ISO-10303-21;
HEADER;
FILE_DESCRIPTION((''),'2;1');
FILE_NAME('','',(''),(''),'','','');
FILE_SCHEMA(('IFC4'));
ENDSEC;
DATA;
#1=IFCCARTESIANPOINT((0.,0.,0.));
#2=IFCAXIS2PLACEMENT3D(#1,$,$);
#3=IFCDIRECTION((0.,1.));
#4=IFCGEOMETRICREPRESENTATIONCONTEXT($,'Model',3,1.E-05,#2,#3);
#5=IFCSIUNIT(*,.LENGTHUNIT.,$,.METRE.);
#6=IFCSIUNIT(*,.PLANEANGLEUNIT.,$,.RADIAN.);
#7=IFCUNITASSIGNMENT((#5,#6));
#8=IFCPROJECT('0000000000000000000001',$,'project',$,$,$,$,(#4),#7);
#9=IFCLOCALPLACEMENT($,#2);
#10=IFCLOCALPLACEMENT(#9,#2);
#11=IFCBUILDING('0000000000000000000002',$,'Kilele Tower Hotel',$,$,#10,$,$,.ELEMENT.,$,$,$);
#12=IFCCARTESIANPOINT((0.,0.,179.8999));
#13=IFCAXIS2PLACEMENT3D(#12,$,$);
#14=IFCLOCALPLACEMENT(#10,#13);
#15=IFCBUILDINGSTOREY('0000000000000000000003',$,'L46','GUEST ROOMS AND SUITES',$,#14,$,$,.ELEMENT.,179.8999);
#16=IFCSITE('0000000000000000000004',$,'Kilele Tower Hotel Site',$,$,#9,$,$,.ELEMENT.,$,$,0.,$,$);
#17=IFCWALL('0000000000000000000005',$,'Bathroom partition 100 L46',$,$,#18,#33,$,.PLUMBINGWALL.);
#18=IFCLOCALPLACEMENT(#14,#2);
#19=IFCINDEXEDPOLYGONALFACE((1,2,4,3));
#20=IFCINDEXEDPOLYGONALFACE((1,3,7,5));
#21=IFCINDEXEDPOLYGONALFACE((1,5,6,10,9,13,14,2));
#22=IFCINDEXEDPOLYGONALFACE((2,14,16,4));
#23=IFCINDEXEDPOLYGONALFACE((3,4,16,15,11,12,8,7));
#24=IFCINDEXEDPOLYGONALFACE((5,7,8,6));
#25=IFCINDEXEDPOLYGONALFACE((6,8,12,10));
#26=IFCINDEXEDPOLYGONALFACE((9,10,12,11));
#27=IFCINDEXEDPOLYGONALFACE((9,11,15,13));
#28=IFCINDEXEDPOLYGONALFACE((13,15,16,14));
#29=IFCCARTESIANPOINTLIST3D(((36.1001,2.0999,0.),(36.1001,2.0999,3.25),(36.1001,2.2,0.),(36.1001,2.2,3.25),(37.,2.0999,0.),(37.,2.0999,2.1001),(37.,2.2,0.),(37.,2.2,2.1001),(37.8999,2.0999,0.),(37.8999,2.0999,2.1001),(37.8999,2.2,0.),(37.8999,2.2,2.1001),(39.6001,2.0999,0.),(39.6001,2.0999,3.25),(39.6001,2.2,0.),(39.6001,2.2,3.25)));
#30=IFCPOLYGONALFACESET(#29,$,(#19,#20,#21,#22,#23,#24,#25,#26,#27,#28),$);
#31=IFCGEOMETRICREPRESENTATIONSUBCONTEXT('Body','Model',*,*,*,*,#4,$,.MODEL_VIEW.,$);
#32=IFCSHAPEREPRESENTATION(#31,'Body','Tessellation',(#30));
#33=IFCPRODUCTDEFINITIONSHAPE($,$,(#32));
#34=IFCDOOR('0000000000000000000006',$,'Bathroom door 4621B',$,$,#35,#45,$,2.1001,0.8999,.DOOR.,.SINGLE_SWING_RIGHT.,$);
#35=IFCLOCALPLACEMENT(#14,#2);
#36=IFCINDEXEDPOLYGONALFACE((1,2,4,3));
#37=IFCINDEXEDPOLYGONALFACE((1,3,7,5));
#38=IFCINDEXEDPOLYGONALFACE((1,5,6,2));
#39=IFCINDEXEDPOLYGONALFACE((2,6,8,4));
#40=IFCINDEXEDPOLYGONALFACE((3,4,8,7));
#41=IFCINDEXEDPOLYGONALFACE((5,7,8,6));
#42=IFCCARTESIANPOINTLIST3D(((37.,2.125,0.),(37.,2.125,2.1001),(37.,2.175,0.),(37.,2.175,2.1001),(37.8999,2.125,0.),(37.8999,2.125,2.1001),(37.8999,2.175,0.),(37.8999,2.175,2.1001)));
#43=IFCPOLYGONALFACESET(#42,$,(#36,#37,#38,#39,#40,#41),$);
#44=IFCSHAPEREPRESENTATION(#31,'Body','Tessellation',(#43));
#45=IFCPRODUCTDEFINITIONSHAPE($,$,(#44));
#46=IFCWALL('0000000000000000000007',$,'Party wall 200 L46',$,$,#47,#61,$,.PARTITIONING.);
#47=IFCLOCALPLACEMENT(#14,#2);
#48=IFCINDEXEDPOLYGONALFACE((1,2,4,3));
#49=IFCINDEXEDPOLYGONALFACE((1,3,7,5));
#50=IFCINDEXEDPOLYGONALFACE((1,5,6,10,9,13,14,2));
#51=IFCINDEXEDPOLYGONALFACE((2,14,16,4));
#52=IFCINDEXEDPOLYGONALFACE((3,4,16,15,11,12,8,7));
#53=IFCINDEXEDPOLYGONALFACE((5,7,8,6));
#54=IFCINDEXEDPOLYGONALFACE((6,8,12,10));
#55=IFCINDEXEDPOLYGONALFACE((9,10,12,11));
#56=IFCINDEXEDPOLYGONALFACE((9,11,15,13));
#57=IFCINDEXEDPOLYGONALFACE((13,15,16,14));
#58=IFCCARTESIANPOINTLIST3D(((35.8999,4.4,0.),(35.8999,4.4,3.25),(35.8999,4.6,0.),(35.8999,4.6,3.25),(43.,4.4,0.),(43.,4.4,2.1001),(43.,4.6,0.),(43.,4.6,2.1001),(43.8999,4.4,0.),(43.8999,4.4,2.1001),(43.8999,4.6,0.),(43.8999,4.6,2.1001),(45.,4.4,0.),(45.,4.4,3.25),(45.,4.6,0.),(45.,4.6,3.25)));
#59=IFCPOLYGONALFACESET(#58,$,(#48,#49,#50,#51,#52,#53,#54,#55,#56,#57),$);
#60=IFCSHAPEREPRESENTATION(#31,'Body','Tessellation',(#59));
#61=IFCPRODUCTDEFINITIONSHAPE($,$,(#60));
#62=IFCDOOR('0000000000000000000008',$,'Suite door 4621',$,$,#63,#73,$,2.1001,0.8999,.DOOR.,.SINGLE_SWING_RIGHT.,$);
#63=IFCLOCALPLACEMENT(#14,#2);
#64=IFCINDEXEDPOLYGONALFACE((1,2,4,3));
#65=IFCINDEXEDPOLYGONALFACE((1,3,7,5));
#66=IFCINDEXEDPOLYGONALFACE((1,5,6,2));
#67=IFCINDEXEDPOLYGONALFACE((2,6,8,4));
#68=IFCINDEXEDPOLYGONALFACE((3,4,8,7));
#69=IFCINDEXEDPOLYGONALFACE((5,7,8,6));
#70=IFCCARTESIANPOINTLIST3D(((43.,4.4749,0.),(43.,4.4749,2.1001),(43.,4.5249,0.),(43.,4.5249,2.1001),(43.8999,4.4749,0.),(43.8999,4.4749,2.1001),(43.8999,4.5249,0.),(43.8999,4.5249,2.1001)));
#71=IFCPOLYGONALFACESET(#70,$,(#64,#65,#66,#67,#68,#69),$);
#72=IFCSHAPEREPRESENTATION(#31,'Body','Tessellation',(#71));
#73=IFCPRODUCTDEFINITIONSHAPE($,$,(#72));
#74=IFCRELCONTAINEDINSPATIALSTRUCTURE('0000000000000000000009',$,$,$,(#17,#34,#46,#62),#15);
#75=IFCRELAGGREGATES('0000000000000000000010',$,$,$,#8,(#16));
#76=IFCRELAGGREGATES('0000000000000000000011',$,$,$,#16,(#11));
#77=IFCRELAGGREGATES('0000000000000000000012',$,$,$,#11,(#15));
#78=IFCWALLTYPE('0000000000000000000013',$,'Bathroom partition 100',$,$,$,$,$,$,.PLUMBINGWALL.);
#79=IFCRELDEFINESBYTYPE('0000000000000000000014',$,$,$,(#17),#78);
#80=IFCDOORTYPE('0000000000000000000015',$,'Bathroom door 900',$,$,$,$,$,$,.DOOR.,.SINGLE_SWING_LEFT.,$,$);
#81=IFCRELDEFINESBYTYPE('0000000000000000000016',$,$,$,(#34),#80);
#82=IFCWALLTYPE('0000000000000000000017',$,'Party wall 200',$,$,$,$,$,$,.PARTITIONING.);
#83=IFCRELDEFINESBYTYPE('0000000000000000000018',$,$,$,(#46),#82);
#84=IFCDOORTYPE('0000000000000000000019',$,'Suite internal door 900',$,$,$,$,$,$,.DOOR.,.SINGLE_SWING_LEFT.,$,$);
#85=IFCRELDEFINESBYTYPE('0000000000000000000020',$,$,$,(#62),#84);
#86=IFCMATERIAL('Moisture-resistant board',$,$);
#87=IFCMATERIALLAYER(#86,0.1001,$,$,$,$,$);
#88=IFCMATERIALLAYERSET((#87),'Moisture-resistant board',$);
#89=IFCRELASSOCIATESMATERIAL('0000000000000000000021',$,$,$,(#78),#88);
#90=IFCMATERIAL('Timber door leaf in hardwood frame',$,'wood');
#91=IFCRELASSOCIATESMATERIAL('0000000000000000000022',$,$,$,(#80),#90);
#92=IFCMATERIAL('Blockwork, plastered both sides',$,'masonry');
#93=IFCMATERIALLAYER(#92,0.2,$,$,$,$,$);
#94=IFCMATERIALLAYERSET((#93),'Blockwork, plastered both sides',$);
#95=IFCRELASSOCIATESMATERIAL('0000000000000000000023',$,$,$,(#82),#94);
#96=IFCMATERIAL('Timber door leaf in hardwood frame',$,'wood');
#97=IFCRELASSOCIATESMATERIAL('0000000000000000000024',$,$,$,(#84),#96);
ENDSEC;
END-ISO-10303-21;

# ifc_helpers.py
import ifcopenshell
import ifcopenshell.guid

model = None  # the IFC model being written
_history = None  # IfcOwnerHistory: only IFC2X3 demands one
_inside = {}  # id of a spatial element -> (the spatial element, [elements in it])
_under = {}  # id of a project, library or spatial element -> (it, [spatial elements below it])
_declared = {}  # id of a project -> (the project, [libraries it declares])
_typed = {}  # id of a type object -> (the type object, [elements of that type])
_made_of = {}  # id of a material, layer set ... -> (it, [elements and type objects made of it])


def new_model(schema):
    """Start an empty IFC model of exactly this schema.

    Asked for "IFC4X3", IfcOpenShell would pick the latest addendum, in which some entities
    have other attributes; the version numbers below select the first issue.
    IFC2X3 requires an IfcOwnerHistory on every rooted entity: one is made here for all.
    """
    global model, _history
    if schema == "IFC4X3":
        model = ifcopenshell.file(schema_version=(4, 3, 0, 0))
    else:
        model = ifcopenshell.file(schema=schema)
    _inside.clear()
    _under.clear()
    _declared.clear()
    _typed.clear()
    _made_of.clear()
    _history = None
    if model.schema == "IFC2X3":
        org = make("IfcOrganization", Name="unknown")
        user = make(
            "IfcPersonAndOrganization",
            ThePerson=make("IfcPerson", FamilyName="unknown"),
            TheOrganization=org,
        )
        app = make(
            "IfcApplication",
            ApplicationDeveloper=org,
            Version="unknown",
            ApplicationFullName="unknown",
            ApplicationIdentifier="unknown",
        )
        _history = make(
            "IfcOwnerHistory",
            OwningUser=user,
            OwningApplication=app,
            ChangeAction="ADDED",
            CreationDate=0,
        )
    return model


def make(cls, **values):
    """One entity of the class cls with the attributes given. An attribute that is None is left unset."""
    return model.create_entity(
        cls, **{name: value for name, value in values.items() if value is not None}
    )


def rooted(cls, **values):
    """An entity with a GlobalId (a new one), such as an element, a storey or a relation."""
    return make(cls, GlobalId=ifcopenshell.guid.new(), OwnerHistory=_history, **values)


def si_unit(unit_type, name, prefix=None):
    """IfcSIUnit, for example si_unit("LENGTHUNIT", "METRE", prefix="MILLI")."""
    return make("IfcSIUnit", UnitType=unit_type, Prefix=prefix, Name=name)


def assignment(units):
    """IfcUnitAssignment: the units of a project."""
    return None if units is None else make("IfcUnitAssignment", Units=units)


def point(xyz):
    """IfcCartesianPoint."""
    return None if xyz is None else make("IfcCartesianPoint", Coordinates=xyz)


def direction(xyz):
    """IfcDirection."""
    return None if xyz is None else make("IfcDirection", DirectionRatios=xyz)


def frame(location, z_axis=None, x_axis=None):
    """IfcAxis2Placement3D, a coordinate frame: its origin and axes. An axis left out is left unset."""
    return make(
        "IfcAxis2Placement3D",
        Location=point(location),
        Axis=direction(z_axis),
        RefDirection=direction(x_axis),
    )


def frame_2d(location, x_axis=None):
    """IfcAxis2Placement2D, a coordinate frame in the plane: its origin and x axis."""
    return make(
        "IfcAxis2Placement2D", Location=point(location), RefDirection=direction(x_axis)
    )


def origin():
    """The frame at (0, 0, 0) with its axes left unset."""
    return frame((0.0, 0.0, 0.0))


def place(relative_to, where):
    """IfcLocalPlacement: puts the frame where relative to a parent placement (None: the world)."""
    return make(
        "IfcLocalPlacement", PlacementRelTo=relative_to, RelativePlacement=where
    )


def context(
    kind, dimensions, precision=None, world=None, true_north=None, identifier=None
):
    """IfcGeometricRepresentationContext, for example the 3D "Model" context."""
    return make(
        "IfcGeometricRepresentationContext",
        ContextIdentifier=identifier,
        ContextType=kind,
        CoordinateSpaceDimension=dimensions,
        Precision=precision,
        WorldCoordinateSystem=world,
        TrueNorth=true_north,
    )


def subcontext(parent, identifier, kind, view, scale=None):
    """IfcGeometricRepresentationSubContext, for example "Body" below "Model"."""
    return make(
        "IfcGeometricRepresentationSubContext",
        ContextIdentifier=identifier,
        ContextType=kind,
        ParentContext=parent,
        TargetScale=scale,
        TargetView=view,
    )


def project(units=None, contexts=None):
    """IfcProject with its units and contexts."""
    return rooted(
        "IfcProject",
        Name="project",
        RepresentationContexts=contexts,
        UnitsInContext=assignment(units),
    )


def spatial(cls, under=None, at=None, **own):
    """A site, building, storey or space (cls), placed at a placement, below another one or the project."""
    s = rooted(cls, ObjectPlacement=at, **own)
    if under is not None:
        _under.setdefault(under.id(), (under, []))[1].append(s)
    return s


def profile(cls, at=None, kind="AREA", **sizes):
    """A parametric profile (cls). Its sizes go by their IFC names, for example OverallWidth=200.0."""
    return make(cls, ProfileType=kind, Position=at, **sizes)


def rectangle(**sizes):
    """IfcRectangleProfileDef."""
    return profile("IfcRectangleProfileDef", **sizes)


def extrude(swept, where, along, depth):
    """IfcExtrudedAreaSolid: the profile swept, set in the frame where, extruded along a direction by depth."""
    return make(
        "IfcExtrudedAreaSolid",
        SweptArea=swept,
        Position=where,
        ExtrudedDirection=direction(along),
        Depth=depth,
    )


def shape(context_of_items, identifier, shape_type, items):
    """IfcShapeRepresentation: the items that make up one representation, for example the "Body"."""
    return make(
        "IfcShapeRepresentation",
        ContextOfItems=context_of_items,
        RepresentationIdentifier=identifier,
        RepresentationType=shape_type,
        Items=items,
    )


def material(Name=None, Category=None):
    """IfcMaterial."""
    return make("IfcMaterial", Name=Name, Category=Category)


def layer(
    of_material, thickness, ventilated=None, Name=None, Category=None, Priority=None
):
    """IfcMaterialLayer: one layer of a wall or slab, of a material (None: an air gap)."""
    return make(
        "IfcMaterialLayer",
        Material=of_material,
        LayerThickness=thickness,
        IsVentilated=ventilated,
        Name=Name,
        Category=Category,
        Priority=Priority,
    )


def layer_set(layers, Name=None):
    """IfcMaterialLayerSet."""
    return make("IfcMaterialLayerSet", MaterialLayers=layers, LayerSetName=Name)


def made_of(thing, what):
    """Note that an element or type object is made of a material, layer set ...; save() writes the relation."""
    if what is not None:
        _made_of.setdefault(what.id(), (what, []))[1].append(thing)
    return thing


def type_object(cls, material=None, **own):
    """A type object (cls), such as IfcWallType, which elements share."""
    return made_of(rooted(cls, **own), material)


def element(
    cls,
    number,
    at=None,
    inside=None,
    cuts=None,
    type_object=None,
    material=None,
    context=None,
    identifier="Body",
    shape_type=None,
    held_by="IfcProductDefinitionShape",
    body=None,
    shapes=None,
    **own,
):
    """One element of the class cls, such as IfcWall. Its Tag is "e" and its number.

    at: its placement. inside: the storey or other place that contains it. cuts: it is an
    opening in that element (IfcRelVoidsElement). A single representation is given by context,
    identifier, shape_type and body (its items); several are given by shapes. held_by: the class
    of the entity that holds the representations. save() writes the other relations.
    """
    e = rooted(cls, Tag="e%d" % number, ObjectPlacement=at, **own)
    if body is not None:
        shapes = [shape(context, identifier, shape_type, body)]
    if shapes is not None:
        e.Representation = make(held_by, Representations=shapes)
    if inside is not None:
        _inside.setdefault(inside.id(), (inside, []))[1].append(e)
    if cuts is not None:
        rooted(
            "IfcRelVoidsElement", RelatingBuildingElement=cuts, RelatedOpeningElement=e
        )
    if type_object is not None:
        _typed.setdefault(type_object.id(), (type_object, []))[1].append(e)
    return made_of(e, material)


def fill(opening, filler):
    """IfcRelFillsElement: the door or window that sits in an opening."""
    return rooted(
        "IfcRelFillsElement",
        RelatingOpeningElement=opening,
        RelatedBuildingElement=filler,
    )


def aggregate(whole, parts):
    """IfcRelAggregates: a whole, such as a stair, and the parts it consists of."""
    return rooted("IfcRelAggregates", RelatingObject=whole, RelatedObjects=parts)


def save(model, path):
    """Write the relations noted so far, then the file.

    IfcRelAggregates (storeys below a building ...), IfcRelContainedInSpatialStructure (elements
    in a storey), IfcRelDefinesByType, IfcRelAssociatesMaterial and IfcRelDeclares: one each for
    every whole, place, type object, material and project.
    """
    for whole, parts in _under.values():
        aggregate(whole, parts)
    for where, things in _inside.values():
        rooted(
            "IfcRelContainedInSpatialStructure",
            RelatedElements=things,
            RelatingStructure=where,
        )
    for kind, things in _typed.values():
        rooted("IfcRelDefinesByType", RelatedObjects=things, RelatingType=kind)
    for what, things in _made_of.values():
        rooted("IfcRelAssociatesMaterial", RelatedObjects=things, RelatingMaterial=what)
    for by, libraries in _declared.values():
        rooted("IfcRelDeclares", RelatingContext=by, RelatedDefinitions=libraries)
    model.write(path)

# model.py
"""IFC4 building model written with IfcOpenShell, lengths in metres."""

from ifc_helpers import new_model, si_unit, direction, frame, frame_2d, origin, place, context, subcontext, project, spatial, rectangle, extrude, material, layer, layer_set, type_object, element, fill, save


model = new_model("IFC4")

# Units and contexts
model_context = context("Model", 3, precision=1e-05, world=origin(), true_north=direction((0.0, 1.0)))
body_context = subcontext(model_context, "Body", "Model", "MODEL_VIEW")
ifc_project = project(units=[si_unit("LENGTHUNIT", "METRE"), si_unit("PLANEANGLEUNIT", "RADIAN")], contexts=[model_context])

# Site, building, storey
site_placement = place(None, origin())
site = spatial("IfcSite", under=ifc_project, at=site_placement, Name="Kilele Tower Hotel Site", CompositionType="ELEMENT", RefElevation=0.0)
building_placement = place(site_placement, origin())
building = spatial("IfcBuilding", under=site, at=building_placement, Name="Kilele Tower Hotel", CompositionType="ELEMENT")
storey_placement = place(building_placement, frame((0.0, 0.0, 179.8999)))
storey = spatial("IfcBuildingStorey", under=building, at=storey_placement, Name="L46", Description="GUEST ROOMS AND SUITES", CompositionType="ELEMENT", Elevation=179.8999)

# Shared definitions
ifc_material_1 = material(Name="Moisture-resistant board")
ifc_layer_1 = layer(ifc_material_1, 0.1001)
ifc_layer_set_1 = layer_set([ifc_layer_1], Name="Moisture-resistant board")
wall_type_1 = type_object("IfcWallType", Name="Bathroom partition 100", PredefinedType="PLUMBINGWALL", material=ifc_layer_set_1)

# Walls, openings, doors
ifc_material_2 = material(Name="Timber door leaf in hardwood frame", Category="wood")
door_type_1 = type_object("IfcDoorType", Name="Bathroom door 900", OperationType="SINGLE_SWING_LEFT", PredefinedType="DOOR", material=ifc_material_2)
wall_1_placement = place(storey_placement, frame((36.1001, 2.1499, 0.0), z_axis=(0.0, 0.0, 1.0), x_axis=(1.0, 0.0, 0.0)))
wall_1 = element("IfcWall", 1, at=wall_1_placement, inside=storey, type_object=wall_type_1, Name="Bathroom partition 100 L46", PredefinedType="PLUMBINGWALL", context=body_context, shape_type="SweptSolid", body=[
    extrude(rectangle(XDim=3.5, YDim=0.1001, at=frame_2d((1.75, 0.0))), origin(), (0.0, 0.0, 1.0), 3.25),
])
opening_1_placement = place(wall_1_placement, frame((1.7998, 0.0, 0.0), z_axis=(0.0, 0.0, 1.0), x_axis=(-1.0, 0.0, 0.0)))
opening_1 = element("IfcOpeningElement", 2, at=opening_1_placement, cuts=wall_1, PredefinedType="OPENING", context=body_context, shape_type="SweptSolid", body=[
    extrude(rectangle(XDim=0.8999, YDim=2.1001, at=frame_2d((0.45, 1.05))), frame((0.0, 0.0601, 0.0), z_axis=(0.0, -1.0, 0.0), x_axis=(1.0, 0.0, 0.0)), (0.0, 0.0, 1.0), 0.1201),
])
door_1_placement = place(opening_1_placement, origin())
door_1 = element("IfcDoor", 3, at=door_1_placement, inside=storey, type_object=door_type_1, Name="Bathroom door 4621B", OperationType="SINGLE_SWING_RIGHT", OverallHeight=2.1001, OverallWidth=0.8999, PredefinedType="DOOR", context=body_context, shape_type="SweptSolid", body=[
    extrude(rectangle(XDim=0.8999, YDim=2.1001, at=frame_2d((0.45, 1.05))), frame((0.0, 0.0249, 0.0), z_axis=(0.0, -1.0, 0.0), x_axis=(1.0, 0.0, 0.0)), (0.0, 0.0, 1.0), 0.05),
])
fill(opening_1, door_1)
ifc_material_3 = material(Name="Blockwork, plastered both sides", Category="masonry")
ifc_layer_2 = layer(ifc_material_3, 0.2)
ifc_layer_set_2 = layer_set([ifc_layer_2], Name="Blockwork, plastered both sides")
wall_type_2 = type_object("IfcWallType", Name="Party wall 200", PredefinedType="PARTITIONING", material=ifc_layer_set_2)
wall_2_placement = place(storey_placement, frame((35.8999, 4.5, 0.0), z_axis=(0.0, 0.0, 1.0), x_axis=(1.0, 0.0, 0.0)))
wall_2 = element("IfcWall", 4, at=wall_2_placement, inside=storey, type_object=wall_type_2, Name="Party wall 200 L46", PredefinedType="PARTITIONING", context=body_context, shape_type="SweptSolid", body=[
    extrude(rectangle(XDim=9.1001, YDim=0.2, at=frame_2d((4.55, 0.0))), origin(), (0.0, 0.0, 1.0), 3.25),
])
opening_2_placement = place(wall_2_placement, frame((7.1001, 0.0, 0.0)))
opening_2 = element("IfcOpeningElement", 5, at=opening_2_placement, cuts=wall_2, PredefinedType="OPENING", context=body_context, shape_type="SweptSolid", body=[
    extrude(rectangle(XDim=0.8999, YDim=2.1001, at=frame_2d((0.45, 1.05))), frame((0.0, 0.1099, 0.0), z_axis=(0.0, -1.0, 0.0), x_axis=(1.0, 0.0, 0.0)), (0.0, 0.0, 1.0), 0.22),
])
ifc_material_4 = material(Name="Timber door leaf in hardwood frame", Category="wood")
door_type_2 = type_object("IfcDoorType", Name="Suite internal door 900", OperationType="SINGLE_SWING_LEFT", PredefinedType="DOOR", material=ifc_material_4)
door_2_placement = place(opening_2_placement, origin())
door_2 = element("IfcDoor", 6, at=door_2_placement, inside=storey, type_object=door_type_2, Name="Suite door 4621", OperationType="SINGLE_SWING_RIGHT", OverallHeight=2.1001, OverallWidth=0.8999, PredefinedType="DOOR", context=body_context, shape_type="SweptSolid", body=[
    extrude(rectangle(XDim=0.8999, YDim=2.1001, at=frame_2d((0.45, 1.05))), frame((0.0, 0.0249, 0.0), z_axis=(0.0, -1.0, 0.0), x_axis=(1.0, 0.0, 0.0)), (0.0, 0.0, 1.0), 0.05),
])
fill(opening_2, door_2)

save(model, "model.ifc")
